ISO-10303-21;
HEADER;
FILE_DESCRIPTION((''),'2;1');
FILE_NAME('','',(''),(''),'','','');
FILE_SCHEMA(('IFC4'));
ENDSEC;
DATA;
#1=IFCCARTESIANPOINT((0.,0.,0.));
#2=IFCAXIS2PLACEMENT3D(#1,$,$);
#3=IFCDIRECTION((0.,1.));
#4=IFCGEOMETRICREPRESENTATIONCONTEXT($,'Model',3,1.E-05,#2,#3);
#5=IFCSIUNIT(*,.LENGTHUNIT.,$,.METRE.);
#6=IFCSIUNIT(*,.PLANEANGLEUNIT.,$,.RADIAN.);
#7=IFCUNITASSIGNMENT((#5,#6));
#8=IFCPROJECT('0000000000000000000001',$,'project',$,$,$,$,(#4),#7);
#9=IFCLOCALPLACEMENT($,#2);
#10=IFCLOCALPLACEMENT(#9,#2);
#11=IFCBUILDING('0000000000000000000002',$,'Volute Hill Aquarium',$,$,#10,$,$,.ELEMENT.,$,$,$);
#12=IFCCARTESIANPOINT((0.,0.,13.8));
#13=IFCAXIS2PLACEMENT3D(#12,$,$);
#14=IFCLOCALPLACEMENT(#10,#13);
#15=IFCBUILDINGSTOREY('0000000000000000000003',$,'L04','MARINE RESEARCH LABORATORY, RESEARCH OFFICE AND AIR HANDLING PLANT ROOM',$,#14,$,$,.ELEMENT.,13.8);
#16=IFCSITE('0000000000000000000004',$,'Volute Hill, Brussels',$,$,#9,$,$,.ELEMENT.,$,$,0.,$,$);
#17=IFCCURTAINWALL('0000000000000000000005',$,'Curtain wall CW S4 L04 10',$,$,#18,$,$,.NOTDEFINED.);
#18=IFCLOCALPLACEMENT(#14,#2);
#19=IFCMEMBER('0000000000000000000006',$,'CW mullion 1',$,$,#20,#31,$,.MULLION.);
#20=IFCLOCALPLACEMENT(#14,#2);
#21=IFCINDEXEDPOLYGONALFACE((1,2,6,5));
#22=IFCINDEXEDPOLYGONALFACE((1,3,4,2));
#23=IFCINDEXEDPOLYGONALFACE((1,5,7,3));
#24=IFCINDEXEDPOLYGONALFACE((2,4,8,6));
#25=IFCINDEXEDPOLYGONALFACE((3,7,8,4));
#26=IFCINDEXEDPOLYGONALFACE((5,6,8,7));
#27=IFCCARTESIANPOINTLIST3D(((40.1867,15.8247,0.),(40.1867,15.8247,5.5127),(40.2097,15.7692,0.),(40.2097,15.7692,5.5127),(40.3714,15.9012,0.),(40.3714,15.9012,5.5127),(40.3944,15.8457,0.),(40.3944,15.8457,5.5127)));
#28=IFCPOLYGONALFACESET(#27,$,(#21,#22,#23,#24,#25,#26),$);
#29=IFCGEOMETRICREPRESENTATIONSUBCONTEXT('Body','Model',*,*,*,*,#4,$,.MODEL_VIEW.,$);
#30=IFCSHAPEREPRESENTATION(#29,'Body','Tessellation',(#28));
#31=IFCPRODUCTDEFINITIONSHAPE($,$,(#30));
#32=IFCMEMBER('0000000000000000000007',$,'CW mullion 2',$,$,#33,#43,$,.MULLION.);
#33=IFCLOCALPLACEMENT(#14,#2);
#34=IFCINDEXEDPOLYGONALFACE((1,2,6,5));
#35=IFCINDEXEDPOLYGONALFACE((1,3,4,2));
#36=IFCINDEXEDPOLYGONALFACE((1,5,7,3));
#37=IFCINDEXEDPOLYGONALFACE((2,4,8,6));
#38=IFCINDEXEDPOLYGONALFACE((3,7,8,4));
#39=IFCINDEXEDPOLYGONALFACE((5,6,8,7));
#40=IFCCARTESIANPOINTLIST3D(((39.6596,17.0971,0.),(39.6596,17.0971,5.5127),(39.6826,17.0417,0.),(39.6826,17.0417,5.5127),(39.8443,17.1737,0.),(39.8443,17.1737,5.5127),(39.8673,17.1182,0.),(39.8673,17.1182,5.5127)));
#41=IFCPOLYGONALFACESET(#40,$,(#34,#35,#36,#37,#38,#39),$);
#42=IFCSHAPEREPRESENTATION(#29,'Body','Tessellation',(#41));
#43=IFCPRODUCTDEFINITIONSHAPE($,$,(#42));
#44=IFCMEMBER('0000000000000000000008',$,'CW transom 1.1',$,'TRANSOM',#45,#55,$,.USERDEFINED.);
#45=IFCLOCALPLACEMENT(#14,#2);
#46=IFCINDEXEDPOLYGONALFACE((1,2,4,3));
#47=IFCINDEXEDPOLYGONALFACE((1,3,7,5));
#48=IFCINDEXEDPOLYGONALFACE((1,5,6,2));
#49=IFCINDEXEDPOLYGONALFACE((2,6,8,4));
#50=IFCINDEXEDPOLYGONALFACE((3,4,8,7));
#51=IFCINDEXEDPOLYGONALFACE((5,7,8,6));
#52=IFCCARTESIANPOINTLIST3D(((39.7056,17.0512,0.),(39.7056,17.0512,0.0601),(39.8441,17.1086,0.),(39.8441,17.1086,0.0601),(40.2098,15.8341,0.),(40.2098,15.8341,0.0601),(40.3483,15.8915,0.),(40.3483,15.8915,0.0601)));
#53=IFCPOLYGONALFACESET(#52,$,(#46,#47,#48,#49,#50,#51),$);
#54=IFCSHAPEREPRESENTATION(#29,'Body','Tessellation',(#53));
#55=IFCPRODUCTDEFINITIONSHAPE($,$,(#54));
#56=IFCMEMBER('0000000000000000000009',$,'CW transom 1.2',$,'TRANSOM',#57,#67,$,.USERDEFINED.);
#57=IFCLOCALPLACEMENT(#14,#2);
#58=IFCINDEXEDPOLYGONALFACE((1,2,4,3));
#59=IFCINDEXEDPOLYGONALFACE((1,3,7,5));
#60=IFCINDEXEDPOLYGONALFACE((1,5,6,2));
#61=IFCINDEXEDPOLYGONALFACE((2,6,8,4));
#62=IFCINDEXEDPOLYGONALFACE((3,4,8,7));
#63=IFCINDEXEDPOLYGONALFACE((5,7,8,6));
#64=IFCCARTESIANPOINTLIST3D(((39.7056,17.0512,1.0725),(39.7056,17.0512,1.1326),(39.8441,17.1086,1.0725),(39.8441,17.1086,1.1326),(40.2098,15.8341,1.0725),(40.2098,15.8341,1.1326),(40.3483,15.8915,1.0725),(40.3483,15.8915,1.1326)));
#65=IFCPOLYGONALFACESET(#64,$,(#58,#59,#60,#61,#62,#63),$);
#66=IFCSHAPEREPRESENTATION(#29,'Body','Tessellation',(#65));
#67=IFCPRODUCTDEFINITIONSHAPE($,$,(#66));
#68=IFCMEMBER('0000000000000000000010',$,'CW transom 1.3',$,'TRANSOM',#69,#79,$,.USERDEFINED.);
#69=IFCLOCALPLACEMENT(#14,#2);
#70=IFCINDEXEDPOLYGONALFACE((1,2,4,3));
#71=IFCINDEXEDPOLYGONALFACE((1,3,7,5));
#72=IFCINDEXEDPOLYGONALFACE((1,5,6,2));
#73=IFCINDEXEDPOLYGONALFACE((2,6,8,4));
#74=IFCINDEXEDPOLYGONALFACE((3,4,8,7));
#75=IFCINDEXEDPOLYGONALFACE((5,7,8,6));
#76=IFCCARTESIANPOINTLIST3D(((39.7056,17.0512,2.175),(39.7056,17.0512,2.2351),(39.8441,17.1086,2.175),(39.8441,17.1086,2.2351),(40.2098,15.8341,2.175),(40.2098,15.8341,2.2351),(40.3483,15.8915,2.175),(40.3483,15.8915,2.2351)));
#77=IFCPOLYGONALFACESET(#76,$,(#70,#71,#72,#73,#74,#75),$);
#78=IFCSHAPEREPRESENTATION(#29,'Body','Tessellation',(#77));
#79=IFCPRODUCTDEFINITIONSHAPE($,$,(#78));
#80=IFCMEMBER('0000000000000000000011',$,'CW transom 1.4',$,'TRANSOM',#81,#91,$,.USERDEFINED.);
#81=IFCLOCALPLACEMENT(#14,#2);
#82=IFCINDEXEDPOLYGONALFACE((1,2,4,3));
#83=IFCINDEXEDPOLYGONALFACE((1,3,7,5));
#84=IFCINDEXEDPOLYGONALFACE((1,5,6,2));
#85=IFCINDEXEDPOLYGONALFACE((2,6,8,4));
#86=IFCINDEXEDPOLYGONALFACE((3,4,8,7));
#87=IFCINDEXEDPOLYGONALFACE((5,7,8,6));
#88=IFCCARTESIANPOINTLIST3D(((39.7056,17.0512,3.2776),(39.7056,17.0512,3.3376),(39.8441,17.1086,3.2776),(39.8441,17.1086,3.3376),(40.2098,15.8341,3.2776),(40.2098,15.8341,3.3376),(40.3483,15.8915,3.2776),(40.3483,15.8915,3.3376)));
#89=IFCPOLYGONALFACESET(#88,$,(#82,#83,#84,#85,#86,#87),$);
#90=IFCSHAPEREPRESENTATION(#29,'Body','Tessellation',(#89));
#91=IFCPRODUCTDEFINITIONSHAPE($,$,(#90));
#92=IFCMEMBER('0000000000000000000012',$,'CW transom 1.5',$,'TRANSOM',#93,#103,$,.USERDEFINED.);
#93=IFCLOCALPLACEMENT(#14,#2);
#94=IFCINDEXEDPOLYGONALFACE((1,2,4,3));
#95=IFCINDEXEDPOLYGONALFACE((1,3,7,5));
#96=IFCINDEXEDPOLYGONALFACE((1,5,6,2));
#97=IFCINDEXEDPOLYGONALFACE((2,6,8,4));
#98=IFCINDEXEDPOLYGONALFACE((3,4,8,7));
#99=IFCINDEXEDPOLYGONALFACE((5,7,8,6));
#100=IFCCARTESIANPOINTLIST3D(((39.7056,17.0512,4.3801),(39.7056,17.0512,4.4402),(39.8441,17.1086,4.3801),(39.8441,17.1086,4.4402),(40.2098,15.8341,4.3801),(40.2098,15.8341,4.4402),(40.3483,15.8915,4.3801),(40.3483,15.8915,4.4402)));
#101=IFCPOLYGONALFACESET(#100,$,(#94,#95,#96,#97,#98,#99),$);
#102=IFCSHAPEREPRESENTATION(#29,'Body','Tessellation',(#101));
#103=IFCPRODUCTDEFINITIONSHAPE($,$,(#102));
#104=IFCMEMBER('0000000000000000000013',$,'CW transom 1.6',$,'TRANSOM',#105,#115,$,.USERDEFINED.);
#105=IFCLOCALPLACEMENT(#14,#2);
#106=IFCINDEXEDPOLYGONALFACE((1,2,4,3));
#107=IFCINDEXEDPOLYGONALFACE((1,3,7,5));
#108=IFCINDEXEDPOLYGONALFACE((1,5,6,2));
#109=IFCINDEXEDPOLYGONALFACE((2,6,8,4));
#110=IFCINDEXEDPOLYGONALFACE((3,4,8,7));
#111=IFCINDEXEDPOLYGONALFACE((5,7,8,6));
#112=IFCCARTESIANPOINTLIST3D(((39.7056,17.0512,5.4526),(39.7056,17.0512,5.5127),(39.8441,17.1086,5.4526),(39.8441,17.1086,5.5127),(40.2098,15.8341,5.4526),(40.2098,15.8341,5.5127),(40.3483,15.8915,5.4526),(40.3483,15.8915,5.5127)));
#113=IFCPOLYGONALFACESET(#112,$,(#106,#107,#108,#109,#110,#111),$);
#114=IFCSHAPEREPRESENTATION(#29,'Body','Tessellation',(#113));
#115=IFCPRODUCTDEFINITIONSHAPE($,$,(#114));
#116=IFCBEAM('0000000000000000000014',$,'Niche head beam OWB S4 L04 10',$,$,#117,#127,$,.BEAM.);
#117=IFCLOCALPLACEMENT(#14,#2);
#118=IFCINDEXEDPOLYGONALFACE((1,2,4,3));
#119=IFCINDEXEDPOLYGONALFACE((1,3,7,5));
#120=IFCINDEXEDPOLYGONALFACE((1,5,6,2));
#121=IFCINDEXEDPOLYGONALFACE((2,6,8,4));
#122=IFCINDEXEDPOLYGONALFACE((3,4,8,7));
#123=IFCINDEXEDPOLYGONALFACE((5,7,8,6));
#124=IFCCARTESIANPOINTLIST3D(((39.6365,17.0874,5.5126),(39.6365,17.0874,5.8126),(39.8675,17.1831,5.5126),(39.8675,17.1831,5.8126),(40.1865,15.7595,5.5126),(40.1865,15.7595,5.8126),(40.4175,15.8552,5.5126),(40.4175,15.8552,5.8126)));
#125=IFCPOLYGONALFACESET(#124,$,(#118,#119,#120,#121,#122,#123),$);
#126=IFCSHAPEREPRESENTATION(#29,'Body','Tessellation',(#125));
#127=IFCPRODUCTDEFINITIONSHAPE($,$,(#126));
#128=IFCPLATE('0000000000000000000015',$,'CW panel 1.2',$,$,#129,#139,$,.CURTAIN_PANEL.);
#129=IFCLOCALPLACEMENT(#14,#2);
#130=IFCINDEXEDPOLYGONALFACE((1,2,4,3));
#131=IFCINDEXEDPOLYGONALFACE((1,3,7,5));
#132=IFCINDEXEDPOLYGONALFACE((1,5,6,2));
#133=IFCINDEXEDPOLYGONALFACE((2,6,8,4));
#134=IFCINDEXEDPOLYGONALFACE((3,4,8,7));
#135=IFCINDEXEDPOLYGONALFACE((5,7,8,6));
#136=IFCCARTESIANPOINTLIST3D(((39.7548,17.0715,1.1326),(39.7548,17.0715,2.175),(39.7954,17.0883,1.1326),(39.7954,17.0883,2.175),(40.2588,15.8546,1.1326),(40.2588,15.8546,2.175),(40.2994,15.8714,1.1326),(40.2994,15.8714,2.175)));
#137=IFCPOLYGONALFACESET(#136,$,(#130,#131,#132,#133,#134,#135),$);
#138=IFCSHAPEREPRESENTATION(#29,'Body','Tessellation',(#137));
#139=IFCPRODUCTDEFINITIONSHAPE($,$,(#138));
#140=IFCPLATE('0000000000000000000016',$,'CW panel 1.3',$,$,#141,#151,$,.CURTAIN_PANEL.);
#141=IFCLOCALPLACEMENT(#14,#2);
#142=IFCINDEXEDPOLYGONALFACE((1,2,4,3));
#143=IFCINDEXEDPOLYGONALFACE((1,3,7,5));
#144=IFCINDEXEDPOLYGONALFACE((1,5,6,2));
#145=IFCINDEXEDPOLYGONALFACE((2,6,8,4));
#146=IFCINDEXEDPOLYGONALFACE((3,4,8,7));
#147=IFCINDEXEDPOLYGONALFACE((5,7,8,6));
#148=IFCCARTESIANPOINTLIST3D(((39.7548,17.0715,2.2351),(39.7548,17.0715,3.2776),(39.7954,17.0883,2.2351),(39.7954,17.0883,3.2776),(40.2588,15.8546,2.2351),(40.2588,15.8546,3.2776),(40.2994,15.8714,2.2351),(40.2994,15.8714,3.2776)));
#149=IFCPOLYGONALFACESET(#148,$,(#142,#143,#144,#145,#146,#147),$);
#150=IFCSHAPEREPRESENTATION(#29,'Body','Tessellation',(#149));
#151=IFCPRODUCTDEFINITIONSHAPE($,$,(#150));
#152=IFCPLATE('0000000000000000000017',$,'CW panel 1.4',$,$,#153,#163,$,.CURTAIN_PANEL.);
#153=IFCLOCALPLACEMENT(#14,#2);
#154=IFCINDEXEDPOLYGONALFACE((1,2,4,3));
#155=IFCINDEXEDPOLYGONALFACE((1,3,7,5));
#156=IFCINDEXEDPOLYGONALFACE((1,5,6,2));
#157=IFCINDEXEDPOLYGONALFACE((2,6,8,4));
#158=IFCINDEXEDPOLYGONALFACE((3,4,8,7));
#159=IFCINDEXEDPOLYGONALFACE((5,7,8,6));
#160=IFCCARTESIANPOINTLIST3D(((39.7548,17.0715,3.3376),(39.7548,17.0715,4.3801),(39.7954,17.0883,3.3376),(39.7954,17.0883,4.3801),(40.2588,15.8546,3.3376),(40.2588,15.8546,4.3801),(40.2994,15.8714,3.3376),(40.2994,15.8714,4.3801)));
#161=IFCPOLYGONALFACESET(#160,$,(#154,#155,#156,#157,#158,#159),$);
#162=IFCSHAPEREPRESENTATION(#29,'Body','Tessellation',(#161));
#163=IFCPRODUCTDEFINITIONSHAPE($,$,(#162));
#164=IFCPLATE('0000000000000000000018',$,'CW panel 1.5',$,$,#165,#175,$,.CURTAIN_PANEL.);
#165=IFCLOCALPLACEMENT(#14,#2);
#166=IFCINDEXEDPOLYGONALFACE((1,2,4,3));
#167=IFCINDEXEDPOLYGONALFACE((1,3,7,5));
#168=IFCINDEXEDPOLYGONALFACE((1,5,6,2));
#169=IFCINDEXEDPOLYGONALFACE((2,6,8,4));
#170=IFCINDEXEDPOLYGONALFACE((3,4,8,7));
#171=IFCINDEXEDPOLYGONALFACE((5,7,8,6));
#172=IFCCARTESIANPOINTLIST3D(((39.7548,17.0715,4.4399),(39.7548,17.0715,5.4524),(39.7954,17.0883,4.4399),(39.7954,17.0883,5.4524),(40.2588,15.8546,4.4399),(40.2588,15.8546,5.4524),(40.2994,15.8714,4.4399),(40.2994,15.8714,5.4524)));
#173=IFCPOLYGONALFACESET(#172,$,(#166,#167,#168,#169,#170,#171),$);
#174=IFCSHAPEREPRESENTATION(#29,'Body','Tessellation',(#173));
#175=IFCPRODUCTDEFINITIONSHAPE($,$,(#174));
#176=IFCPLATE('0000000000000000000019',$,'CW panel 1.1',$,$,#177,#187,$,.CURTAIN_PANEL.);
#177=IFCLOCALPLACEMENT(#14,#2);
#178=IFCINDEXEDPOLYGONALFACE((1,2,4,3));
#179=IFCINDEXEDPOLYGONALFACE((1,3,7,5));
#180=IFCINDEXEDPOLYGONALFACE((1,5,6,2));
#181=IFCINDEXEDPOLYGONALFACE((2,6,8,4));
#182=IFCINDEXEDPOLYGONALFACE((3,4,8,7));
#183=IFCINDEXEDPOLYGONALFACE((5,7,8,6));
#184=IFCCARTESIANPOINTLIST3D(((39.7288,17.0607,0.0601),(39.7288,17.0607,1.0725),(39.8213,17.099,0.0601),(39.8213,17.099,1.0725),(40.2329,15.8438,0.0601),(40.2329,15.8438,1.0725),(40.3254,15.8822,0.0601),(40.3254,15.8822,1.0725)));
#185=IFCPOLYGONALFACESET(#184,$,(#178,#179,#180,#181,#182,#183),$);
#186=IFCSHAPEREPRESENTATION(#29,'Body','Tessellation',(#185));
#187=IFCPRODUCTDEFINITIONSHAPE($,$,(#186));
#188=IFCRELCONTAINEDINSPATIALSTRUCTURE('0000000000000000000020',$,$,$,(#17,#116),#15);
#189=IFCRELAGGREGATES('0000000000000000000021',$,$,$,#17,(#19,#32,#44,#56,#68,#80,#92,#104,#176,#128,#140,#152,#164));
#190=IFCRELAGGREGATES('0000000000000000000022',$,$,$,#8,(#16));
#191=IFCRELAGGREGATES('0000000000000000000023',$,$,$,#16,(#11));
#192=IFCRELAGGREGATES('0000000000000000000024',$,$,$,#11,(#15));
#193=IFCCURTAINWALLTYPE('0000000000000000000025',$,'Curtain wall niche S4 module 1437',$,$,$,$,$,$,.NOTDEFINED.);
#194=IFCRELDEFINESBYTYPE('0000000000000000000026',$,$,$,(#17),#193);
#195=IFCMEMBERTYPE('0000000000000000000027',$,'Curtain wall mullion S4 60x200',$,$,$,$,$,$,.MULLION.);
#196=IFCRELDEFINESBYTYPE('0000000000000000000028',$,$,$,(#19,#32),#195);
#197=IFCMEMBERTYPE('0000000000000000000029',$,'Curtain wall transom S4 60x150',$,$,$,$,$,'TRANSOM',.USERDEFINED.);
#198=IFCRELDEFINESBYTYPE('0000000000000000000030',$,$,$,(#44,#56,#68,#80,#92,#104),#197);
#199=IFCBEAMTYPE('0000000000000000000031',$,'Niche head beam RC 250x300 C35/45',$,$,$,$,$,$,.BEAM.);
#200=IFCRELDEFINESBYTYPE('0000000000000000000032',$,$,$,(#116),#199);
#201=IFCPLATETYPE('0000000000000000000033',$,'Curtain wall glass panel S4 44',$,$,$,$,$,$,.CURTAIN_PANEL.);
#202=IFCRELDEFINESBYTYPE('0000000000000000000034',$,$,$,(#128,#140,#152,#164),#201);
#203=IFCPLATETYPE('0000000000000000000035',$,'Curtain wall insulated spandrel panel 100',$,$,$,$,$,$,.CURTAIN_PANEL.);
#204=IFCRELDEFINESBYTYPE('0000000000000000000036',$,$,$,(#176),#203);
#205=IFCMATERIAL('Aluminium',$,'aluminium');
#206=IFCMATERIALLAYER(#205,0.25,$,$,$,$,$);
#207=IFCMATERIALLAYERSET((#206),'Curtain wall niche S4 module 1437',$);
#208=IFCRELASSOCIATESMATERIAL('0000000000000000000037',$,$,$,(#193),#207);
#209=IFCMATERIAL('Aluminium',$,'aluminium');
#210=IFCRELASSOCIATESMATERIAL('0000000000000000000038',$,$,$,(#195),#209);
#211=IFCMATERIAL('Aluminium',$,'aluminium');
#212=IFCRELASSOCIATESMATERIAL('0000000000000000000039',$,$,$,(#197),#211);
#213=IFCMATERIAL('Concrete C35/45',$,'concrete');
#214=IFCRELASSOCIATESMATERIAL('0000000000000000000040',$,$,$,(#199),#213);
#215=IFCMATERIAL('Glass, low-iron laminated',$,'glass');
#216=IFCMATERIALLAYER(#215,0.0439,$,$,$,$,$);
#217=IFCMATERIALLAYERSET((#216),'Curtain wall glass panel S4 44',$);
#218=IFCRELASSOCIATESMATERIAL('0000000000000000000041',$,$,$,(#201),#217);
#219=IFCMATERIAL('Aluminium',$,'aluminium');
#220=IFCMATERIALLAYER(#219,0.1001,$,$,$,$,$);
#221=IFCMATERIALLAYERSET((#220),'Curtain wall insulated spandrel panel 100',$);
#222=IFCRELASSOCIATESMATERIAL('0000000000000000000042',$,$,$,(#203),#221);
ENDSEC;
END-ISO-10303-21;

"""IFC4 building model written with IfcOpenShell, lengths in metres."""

from ifc_helpers import new_model, si_unit, direction, frame, origin, origin_2d, place, context, subcontext, project, spatial, rectangle, extrude, material, layer, layer_set, material_profile, profile_set, type_object, element, aggregate, save


model = new_model("IFC4")

# Units and contexts
model_context = context("Model", 3, precision=1e-05, world=origin(), true_north=direction((0.0, 1.0)))
body_context = subcontext(model_context, "Body", "Model", "MODEL_VIEW")
ifc_project = project(units=[si_unit("LENGTHUNIT", "METRE"), si_unit("PLANEANGLEUNIT", "RADIAN")], contexts=[model_context])

# Site, building, storey
site_placement = place(None, origin())
site = spatial("IfcSite", under=ifc_project, at=site_placement, Name="Volute Hill, Brussels", CompositionType="ELEMENT", RefElevation=0.0)
building_placement = place(site_placement, origin())
building = spatial("IfcBuilding", under=site, at=building_placement, Name="Volute Hill Aquarium", CompositionType="ELEMENT")
storey_placement = place(building_placement, frame((0.0, 0.0, 13.8)))
storey = spatial("IfcBuildingStorey", under=building, at=storey_placement, Name="L04", Description="MARINE RESEARCH LABORATORY, RESEARCH OFFICE AND AIR HANDLING PLANT ROOM", CompositionType="ELEMENT", Elevation=13.8)

# Curtain wall, members
ifc_material_1 = material(Name="Aluminium", Category="aluminium")
ifc_layer_1 = layer(ifc_material_1, 0.25)
ifc_layer_set_1 = layer_set([ifc_layer_1], Name="Curtain wall niche S4 module 1437")
curtain_wall_type = type_object("IfcCurtainWallType", Name="Curtain wall niche S4 module 1437", PredefinedType="NOTDEFINED", material=ifc_layer_set_1)
curtain_wall_placement = place(storey_placement, origin())
curtain_wall = element("IfcCurtainWall", 1, at=curtain_wall_placement, inside=storey, type_object=curtain_wall_type, Name="Curtain wall CW S4 L04 10", PredefinedType="NOTDEFINED")
ifc_material_2 = material(Name="Aluminium", Category="aluminium")
ifc_material_profile_1 = material_profile(ifc_material_2, rectangle(XDim=0.2, YDim=0.0601, at=origin_2d()), Name="Curtain wall mullion S4 60x200")
ifc_profile_set_1 = profile_set([ifc_material_profile_1], Name="Aluminium")
member_type_1 = type_object("IfcMemberType", Name="Curtain wall mullion S4 60x200", PredefinedType="MULLION", material=ifc_profile_set_1)
member_1_placement = place(storey_placement, frame((40.2905, 15.8352, 0.0), z_axis=(0.0, 0.0, 1.0), x_axis=(-0.923874, -0.382697, 0.0)))
member_1 = element("IfcMember", 2, at=member_1_placement, type_object=member_type_1, Name="CW mullion 1", PredefinedType="MULLION", context=body_context, shape_type="SweptSolid", body=[
    extrude(rectangle(XDim=0.2, YDim=0.0601, at=origin_2d()), origin(), (0.0, 0.0, 1.0), 5.5127),
])
member_2_placement = place(storey_placement, frame((39.7634, 17.1077, 0.0), z_axis=(0.0, 0.0, 1.0), x_axis=(-0.923874, -0.382697, 0.0)))
member_2 = element("IfcMember", 3, at=member_2_placement, type_object=member_type_1, Name="CW mullion 2", PredefinedType="MULLION", context=body_context, shape_type="SweptSolid", body=[
    extrude(rectangle(XDim=0.2, YDim=0.0601, at=origin_2d()), origin(), (0.0, 0.0, 1.0), 5.5127),
])
ifc_material_3 = material(Name="Aluminium", Category="aluminium")
ifc_material_profile_2 = material_profile(ifc_material_3, rectangle(XDim=0.1499, YDim=0.0601, at=origin_2d()), Name="Curtain wall transom S4 60x150")
ifc_profile_set_2 = profile_set([ifc_material_profile_2], Name="Aluminium")
member_type_2 = type_object("IfcMemberType", Name="Curtain wall transom S4 60x150", ElementType="TRANSOM", PredefinedType="USERDEFINED", material=ifc_profile_set_2)
member_3_placement = place(storey_placement, frame((40.2791, 15.8628, 0.03), z_axis=(-0.382706, 0.92387, 0.0), x_axis=(-0.92387, -0.382706, 0.0)))
member_3 = element("IfcMember", 4, at=member_3_placement, type_object=member_type_2, Name="CW transom 1.1", ObjectType="TRANSOM", PredefinedType="USERDEFINED", context=body_context, shape_type="SweptSolid", body=[
    extrude(rectangle(XDim=0.1499, YDim=0.0601, at=origin_2d()), origin(), (0.0, 0.0, 1.0), 1.3174),
])
member_4_placement = place(storey_placement, frame((40.2791, 15.8628, 1.1025), z_axis=(-0.382706, 0.92387, 0.0), x_axis=(-0.92387, -0.382706, 0.0)))
member_4 = element("IfcMember", 5, at=member_4_placement, type_object=member_type_2, Name="CW transom 1.2", ObjectType="TRANSOM", PredefinedType="USERDEFINED", context=body_context, shape_type="SweptSolid", body=[
    extrude(rectangle(XDim=0.1499, YDim=0.0601, at=origin_2d()), origin(), (0.0, 0.0, 1.0), 1.3174),
])
member_5_placement = place(storey_placement, frame((40.2791, 15.8628, 2.2051), z_axis=(-0.382706, 0.92387, 0.0), x_axis=(-0.92387, -0.382706, 0.0)))
member_5 = element("IfcMember", 6, at=member_5_placement, type_object=member_type_2, Name="CW transom 1.3", ObjectType="TRANSOM", PredefinedType="USERDEFINED", context=body_context, shape_type="SweptSolid", body=[
    extrude(rectangle(XDim=0.1499, YDim=0.0601, at=origin_2d()), origin(), (0.0, 0.0, 1.0), 1.3174),
])
member_6_placement = place(storey_placement, frame((40.2791, 15.8628, 3.3076), z_axis=(-0.382706, 0.92387, 0.0), x_axis=(-0.92387, -0.382706, 0.0)))
member_6 = element("IfcMember", 7, at=member_6_placement, type_object=member_type_2, Name="CW transom 1.4", ObjectType="TRANSOM", PredefinedType="USERDEFINED", context=body_context, shape_type="SweptSolid", body=[
    extrude(rectangle(XDim=0.1499, YDim=0.0601, at=origin_2d()), origin(), (0.0, 0.0, 1.0), 1.3174),
])
member_7_placement = place(storey_placement, frame((40.2791, 15.8628, 4.4102), z_axis=(-0.382706, 0.92387, 0.0), x_axis=(-0.92387, -0.382706, 0.0)))
member_7 = element("IfcMember", 8, at=member_7_placement, type_object=member_type_2, Name="CW transom 1.5", ObjectType="TRANSOM", PredefinedType="USERDEFINED", context=body_context, shape_type="SweptSolid", body=[
    extrude(rectangle(XDim=0.1499, YDim=0.0601, at=origin_2d()), origin(), (0.0, 0.0, 1.0), 1.3174),
])
member_8_placement = place(storey_placement, frame((40.2791, 15.8628, 5.4827), z_axis=(-0.382706, 0.92387, 0.0), x_axis=(-0.92387, -0.382706, 0.0)))
member_8 = element("IfcMember", 9, at=member_8_placement, type_object=member_type_2, Name="CW transom 1.6", ObjectType="TRANSOM", PredefinedType="USERDEFINED", context=body_context, shape_type="SweptSolid", body=[
    extrude(rectangle(XDim=0.1499, YDim=0.0601, at=origin_2d()), origin(), (0.0, 0.0, 1.0), 1.3174),
])

# Beam
ifc_material_4 = material(Name="Concrete C35/45", Category="concrete")
ifc_material_profile_3 = material_profile(ifc_material_4, rectangle(XDim=0.25, YDim=0.3, at=origin_2d()), Name="RC beam 250x300")
ifc_profile_set_3 = profile_set([ifc_material_profile_3], Name="Concrete C35/45")
beam_type = type_object("IfcBeamType", Name="Niche head beam RC 250x300 C35/45", PredefinedType="BEAM", material=ifc_profile_set_3)
beam_placement = place(storey_placement, frame((40.302, 15.8074, 5.6626), z_axis=(-0.382697, 0.923874, 0.0), x_axis=(-0.923874, -0.382697, 0.0)))
element("IfcBeam", 10, at=beam_placement, inside=storey, type_object=beam_type, Name="Niche head beam OWB S4 L04 10", PredefinedType="BEAM", context=body_context, shape_type="SweptSolid", body=[
    extrude(rectangle(XDim=0.25, YDim=0.3, at=origin_2d()), origin(), (0.0, 0.0, 1.0), 1.4373),
])

# Plates
ifc_material_5 = material(Name="Glass, low-iron laminated", Category="glass")
ifc_layer_2 = layer(ifc_material_5, 0.0439)
ifc_layer_set_2 = layer_set([ifc_layer_2], Name="Curtain wall glass panel S4 44")
plate_type_1 = type_object("IfcPlateType", Name="Curtain wall glass panel S4 44", PredefinedType="CURTAIN_PANEL", material=ifc_layer_set_2)
plate_1_placement = place(storey_placement, frame((40.0271, 16.4714, 1.1326), z_axis=(0.0, 0.0, 1.0), x_axis=(-0.382697, 0.923874, 0.0)))
plate_1 = element("IfcPlate", 11, at=plate_1_placement, type_object=plate_type_1, Name="CW panel 1.2", PredefinedType="CURTAIN_PANEL", context=body_context, shape_type="SweptSolid", body=[
    extrude(rectangle(XDim=1.3171, YDim=0.0439, at=origin_2d()), origin(), (0.0, 0.0, 1.0), 1.0425),
])
plate_2_placement = place(storey_placement, frame((40.0271, 16.4714, 2.2351), z_axis=(0.0, 0.0, 1.0), x_axis=(-0.382697, 0.923874, 0.0)))
plate_2 = element("IfcPlate", 12, at=plate_2_placement, type_object=plate_type_1, Name="CW panel 1.3", PredefinedType="CURTAIN_PANEL", context=body_context, shape_type="SweptSolid", body=[
    extrude(rectangle(XDim=1.3171, YDim=0.0439, at=origin_2d()), origin(), (0.0, 0.0, 1.0), 1.0425),
])
plate_3_placement = place(storey_placement, frame((40.0271, 16.4714, 3.3376), z_axis=(0.0, 0.0, 1.0), x_axis=(-0.382697, 0.923874, 0.0)))
plate_3 = element("IfcPlate", 13, at=plate_3_placement, type_object=plate_type_1, Name="CW panel 1.4", PredefinedType="CURTAIN_PANEL", context=body_context, shape_type="SweptSolid", body=[
    extrude(rectangle(XDim=1.3171, YDim=0.0439, at=origin_2d()), origin(), (0.0, 0.0, 1.0), 1.0425),
])
plate_4_placement = place(storey_placement, frame((40.0271, 16.4714, 4.4399), z_axis=(0.0, 0.0, 1.0), x_axis=(-0.382697, 0.923874, 0.0)))
plate_4 = element("IfcPlate", 14, at=plate_4_placement, type_object=plate_type_1, Name="CW panel 1.5", PredefinedType="CURTAIN_PANEL", context=body_context, shape_type="SweptSolid", body=[
    extrude(rectangle(XDim=1.3171, YDim=0.0439, at=origin_2d()), origin(), (0.0, 0.0, 1.0), 1.0125),
])
ifc_material_6 = material(Name="Aluminium", Category="aluminium")
ifc_layer_3 = layer(ifc_material_6, 0.1001)
ifc_layer_set_3 = layer_set([ifc_layer_3], Name="Curtain wall insulated spandrel panel 100")
plate_type_2 = type_object("IfcPlateType", Name="Curtain wall insulated spandrel panel 100", PredefinedType="CURTAIN_PANEL", material=ifc_layer_set_3)
plate_5_placement = place(storey_placement, frame((40.0271, 16.4714, 0.0601), z_axis=(0.0, 0.0, 1.0), x_axis=(-0.382697, 0.923874, 0.0)))
plate_5 = element("IfcPlate", 15, at=plate_5_placement, type_object=plate_type_2, Name="CW panel 1.1", PredefinedType="CURTAIN_PANEL", context=body_context, shape_type="SweptSolid", body=[
    extrude(rectangle(XDim=1.3171, YDim=0.1001, at=origin_2d()), origin(), (0.0, 0.0, 1.0), 1.0125),
])
aggregate(curtain_wall, [member_1, member_2, member_3, member_4, member_5, member_6, member_7, member_8, plate_5, plate_1, plate_2, plate_3, plate_4])

save(model, "model.ifc")
